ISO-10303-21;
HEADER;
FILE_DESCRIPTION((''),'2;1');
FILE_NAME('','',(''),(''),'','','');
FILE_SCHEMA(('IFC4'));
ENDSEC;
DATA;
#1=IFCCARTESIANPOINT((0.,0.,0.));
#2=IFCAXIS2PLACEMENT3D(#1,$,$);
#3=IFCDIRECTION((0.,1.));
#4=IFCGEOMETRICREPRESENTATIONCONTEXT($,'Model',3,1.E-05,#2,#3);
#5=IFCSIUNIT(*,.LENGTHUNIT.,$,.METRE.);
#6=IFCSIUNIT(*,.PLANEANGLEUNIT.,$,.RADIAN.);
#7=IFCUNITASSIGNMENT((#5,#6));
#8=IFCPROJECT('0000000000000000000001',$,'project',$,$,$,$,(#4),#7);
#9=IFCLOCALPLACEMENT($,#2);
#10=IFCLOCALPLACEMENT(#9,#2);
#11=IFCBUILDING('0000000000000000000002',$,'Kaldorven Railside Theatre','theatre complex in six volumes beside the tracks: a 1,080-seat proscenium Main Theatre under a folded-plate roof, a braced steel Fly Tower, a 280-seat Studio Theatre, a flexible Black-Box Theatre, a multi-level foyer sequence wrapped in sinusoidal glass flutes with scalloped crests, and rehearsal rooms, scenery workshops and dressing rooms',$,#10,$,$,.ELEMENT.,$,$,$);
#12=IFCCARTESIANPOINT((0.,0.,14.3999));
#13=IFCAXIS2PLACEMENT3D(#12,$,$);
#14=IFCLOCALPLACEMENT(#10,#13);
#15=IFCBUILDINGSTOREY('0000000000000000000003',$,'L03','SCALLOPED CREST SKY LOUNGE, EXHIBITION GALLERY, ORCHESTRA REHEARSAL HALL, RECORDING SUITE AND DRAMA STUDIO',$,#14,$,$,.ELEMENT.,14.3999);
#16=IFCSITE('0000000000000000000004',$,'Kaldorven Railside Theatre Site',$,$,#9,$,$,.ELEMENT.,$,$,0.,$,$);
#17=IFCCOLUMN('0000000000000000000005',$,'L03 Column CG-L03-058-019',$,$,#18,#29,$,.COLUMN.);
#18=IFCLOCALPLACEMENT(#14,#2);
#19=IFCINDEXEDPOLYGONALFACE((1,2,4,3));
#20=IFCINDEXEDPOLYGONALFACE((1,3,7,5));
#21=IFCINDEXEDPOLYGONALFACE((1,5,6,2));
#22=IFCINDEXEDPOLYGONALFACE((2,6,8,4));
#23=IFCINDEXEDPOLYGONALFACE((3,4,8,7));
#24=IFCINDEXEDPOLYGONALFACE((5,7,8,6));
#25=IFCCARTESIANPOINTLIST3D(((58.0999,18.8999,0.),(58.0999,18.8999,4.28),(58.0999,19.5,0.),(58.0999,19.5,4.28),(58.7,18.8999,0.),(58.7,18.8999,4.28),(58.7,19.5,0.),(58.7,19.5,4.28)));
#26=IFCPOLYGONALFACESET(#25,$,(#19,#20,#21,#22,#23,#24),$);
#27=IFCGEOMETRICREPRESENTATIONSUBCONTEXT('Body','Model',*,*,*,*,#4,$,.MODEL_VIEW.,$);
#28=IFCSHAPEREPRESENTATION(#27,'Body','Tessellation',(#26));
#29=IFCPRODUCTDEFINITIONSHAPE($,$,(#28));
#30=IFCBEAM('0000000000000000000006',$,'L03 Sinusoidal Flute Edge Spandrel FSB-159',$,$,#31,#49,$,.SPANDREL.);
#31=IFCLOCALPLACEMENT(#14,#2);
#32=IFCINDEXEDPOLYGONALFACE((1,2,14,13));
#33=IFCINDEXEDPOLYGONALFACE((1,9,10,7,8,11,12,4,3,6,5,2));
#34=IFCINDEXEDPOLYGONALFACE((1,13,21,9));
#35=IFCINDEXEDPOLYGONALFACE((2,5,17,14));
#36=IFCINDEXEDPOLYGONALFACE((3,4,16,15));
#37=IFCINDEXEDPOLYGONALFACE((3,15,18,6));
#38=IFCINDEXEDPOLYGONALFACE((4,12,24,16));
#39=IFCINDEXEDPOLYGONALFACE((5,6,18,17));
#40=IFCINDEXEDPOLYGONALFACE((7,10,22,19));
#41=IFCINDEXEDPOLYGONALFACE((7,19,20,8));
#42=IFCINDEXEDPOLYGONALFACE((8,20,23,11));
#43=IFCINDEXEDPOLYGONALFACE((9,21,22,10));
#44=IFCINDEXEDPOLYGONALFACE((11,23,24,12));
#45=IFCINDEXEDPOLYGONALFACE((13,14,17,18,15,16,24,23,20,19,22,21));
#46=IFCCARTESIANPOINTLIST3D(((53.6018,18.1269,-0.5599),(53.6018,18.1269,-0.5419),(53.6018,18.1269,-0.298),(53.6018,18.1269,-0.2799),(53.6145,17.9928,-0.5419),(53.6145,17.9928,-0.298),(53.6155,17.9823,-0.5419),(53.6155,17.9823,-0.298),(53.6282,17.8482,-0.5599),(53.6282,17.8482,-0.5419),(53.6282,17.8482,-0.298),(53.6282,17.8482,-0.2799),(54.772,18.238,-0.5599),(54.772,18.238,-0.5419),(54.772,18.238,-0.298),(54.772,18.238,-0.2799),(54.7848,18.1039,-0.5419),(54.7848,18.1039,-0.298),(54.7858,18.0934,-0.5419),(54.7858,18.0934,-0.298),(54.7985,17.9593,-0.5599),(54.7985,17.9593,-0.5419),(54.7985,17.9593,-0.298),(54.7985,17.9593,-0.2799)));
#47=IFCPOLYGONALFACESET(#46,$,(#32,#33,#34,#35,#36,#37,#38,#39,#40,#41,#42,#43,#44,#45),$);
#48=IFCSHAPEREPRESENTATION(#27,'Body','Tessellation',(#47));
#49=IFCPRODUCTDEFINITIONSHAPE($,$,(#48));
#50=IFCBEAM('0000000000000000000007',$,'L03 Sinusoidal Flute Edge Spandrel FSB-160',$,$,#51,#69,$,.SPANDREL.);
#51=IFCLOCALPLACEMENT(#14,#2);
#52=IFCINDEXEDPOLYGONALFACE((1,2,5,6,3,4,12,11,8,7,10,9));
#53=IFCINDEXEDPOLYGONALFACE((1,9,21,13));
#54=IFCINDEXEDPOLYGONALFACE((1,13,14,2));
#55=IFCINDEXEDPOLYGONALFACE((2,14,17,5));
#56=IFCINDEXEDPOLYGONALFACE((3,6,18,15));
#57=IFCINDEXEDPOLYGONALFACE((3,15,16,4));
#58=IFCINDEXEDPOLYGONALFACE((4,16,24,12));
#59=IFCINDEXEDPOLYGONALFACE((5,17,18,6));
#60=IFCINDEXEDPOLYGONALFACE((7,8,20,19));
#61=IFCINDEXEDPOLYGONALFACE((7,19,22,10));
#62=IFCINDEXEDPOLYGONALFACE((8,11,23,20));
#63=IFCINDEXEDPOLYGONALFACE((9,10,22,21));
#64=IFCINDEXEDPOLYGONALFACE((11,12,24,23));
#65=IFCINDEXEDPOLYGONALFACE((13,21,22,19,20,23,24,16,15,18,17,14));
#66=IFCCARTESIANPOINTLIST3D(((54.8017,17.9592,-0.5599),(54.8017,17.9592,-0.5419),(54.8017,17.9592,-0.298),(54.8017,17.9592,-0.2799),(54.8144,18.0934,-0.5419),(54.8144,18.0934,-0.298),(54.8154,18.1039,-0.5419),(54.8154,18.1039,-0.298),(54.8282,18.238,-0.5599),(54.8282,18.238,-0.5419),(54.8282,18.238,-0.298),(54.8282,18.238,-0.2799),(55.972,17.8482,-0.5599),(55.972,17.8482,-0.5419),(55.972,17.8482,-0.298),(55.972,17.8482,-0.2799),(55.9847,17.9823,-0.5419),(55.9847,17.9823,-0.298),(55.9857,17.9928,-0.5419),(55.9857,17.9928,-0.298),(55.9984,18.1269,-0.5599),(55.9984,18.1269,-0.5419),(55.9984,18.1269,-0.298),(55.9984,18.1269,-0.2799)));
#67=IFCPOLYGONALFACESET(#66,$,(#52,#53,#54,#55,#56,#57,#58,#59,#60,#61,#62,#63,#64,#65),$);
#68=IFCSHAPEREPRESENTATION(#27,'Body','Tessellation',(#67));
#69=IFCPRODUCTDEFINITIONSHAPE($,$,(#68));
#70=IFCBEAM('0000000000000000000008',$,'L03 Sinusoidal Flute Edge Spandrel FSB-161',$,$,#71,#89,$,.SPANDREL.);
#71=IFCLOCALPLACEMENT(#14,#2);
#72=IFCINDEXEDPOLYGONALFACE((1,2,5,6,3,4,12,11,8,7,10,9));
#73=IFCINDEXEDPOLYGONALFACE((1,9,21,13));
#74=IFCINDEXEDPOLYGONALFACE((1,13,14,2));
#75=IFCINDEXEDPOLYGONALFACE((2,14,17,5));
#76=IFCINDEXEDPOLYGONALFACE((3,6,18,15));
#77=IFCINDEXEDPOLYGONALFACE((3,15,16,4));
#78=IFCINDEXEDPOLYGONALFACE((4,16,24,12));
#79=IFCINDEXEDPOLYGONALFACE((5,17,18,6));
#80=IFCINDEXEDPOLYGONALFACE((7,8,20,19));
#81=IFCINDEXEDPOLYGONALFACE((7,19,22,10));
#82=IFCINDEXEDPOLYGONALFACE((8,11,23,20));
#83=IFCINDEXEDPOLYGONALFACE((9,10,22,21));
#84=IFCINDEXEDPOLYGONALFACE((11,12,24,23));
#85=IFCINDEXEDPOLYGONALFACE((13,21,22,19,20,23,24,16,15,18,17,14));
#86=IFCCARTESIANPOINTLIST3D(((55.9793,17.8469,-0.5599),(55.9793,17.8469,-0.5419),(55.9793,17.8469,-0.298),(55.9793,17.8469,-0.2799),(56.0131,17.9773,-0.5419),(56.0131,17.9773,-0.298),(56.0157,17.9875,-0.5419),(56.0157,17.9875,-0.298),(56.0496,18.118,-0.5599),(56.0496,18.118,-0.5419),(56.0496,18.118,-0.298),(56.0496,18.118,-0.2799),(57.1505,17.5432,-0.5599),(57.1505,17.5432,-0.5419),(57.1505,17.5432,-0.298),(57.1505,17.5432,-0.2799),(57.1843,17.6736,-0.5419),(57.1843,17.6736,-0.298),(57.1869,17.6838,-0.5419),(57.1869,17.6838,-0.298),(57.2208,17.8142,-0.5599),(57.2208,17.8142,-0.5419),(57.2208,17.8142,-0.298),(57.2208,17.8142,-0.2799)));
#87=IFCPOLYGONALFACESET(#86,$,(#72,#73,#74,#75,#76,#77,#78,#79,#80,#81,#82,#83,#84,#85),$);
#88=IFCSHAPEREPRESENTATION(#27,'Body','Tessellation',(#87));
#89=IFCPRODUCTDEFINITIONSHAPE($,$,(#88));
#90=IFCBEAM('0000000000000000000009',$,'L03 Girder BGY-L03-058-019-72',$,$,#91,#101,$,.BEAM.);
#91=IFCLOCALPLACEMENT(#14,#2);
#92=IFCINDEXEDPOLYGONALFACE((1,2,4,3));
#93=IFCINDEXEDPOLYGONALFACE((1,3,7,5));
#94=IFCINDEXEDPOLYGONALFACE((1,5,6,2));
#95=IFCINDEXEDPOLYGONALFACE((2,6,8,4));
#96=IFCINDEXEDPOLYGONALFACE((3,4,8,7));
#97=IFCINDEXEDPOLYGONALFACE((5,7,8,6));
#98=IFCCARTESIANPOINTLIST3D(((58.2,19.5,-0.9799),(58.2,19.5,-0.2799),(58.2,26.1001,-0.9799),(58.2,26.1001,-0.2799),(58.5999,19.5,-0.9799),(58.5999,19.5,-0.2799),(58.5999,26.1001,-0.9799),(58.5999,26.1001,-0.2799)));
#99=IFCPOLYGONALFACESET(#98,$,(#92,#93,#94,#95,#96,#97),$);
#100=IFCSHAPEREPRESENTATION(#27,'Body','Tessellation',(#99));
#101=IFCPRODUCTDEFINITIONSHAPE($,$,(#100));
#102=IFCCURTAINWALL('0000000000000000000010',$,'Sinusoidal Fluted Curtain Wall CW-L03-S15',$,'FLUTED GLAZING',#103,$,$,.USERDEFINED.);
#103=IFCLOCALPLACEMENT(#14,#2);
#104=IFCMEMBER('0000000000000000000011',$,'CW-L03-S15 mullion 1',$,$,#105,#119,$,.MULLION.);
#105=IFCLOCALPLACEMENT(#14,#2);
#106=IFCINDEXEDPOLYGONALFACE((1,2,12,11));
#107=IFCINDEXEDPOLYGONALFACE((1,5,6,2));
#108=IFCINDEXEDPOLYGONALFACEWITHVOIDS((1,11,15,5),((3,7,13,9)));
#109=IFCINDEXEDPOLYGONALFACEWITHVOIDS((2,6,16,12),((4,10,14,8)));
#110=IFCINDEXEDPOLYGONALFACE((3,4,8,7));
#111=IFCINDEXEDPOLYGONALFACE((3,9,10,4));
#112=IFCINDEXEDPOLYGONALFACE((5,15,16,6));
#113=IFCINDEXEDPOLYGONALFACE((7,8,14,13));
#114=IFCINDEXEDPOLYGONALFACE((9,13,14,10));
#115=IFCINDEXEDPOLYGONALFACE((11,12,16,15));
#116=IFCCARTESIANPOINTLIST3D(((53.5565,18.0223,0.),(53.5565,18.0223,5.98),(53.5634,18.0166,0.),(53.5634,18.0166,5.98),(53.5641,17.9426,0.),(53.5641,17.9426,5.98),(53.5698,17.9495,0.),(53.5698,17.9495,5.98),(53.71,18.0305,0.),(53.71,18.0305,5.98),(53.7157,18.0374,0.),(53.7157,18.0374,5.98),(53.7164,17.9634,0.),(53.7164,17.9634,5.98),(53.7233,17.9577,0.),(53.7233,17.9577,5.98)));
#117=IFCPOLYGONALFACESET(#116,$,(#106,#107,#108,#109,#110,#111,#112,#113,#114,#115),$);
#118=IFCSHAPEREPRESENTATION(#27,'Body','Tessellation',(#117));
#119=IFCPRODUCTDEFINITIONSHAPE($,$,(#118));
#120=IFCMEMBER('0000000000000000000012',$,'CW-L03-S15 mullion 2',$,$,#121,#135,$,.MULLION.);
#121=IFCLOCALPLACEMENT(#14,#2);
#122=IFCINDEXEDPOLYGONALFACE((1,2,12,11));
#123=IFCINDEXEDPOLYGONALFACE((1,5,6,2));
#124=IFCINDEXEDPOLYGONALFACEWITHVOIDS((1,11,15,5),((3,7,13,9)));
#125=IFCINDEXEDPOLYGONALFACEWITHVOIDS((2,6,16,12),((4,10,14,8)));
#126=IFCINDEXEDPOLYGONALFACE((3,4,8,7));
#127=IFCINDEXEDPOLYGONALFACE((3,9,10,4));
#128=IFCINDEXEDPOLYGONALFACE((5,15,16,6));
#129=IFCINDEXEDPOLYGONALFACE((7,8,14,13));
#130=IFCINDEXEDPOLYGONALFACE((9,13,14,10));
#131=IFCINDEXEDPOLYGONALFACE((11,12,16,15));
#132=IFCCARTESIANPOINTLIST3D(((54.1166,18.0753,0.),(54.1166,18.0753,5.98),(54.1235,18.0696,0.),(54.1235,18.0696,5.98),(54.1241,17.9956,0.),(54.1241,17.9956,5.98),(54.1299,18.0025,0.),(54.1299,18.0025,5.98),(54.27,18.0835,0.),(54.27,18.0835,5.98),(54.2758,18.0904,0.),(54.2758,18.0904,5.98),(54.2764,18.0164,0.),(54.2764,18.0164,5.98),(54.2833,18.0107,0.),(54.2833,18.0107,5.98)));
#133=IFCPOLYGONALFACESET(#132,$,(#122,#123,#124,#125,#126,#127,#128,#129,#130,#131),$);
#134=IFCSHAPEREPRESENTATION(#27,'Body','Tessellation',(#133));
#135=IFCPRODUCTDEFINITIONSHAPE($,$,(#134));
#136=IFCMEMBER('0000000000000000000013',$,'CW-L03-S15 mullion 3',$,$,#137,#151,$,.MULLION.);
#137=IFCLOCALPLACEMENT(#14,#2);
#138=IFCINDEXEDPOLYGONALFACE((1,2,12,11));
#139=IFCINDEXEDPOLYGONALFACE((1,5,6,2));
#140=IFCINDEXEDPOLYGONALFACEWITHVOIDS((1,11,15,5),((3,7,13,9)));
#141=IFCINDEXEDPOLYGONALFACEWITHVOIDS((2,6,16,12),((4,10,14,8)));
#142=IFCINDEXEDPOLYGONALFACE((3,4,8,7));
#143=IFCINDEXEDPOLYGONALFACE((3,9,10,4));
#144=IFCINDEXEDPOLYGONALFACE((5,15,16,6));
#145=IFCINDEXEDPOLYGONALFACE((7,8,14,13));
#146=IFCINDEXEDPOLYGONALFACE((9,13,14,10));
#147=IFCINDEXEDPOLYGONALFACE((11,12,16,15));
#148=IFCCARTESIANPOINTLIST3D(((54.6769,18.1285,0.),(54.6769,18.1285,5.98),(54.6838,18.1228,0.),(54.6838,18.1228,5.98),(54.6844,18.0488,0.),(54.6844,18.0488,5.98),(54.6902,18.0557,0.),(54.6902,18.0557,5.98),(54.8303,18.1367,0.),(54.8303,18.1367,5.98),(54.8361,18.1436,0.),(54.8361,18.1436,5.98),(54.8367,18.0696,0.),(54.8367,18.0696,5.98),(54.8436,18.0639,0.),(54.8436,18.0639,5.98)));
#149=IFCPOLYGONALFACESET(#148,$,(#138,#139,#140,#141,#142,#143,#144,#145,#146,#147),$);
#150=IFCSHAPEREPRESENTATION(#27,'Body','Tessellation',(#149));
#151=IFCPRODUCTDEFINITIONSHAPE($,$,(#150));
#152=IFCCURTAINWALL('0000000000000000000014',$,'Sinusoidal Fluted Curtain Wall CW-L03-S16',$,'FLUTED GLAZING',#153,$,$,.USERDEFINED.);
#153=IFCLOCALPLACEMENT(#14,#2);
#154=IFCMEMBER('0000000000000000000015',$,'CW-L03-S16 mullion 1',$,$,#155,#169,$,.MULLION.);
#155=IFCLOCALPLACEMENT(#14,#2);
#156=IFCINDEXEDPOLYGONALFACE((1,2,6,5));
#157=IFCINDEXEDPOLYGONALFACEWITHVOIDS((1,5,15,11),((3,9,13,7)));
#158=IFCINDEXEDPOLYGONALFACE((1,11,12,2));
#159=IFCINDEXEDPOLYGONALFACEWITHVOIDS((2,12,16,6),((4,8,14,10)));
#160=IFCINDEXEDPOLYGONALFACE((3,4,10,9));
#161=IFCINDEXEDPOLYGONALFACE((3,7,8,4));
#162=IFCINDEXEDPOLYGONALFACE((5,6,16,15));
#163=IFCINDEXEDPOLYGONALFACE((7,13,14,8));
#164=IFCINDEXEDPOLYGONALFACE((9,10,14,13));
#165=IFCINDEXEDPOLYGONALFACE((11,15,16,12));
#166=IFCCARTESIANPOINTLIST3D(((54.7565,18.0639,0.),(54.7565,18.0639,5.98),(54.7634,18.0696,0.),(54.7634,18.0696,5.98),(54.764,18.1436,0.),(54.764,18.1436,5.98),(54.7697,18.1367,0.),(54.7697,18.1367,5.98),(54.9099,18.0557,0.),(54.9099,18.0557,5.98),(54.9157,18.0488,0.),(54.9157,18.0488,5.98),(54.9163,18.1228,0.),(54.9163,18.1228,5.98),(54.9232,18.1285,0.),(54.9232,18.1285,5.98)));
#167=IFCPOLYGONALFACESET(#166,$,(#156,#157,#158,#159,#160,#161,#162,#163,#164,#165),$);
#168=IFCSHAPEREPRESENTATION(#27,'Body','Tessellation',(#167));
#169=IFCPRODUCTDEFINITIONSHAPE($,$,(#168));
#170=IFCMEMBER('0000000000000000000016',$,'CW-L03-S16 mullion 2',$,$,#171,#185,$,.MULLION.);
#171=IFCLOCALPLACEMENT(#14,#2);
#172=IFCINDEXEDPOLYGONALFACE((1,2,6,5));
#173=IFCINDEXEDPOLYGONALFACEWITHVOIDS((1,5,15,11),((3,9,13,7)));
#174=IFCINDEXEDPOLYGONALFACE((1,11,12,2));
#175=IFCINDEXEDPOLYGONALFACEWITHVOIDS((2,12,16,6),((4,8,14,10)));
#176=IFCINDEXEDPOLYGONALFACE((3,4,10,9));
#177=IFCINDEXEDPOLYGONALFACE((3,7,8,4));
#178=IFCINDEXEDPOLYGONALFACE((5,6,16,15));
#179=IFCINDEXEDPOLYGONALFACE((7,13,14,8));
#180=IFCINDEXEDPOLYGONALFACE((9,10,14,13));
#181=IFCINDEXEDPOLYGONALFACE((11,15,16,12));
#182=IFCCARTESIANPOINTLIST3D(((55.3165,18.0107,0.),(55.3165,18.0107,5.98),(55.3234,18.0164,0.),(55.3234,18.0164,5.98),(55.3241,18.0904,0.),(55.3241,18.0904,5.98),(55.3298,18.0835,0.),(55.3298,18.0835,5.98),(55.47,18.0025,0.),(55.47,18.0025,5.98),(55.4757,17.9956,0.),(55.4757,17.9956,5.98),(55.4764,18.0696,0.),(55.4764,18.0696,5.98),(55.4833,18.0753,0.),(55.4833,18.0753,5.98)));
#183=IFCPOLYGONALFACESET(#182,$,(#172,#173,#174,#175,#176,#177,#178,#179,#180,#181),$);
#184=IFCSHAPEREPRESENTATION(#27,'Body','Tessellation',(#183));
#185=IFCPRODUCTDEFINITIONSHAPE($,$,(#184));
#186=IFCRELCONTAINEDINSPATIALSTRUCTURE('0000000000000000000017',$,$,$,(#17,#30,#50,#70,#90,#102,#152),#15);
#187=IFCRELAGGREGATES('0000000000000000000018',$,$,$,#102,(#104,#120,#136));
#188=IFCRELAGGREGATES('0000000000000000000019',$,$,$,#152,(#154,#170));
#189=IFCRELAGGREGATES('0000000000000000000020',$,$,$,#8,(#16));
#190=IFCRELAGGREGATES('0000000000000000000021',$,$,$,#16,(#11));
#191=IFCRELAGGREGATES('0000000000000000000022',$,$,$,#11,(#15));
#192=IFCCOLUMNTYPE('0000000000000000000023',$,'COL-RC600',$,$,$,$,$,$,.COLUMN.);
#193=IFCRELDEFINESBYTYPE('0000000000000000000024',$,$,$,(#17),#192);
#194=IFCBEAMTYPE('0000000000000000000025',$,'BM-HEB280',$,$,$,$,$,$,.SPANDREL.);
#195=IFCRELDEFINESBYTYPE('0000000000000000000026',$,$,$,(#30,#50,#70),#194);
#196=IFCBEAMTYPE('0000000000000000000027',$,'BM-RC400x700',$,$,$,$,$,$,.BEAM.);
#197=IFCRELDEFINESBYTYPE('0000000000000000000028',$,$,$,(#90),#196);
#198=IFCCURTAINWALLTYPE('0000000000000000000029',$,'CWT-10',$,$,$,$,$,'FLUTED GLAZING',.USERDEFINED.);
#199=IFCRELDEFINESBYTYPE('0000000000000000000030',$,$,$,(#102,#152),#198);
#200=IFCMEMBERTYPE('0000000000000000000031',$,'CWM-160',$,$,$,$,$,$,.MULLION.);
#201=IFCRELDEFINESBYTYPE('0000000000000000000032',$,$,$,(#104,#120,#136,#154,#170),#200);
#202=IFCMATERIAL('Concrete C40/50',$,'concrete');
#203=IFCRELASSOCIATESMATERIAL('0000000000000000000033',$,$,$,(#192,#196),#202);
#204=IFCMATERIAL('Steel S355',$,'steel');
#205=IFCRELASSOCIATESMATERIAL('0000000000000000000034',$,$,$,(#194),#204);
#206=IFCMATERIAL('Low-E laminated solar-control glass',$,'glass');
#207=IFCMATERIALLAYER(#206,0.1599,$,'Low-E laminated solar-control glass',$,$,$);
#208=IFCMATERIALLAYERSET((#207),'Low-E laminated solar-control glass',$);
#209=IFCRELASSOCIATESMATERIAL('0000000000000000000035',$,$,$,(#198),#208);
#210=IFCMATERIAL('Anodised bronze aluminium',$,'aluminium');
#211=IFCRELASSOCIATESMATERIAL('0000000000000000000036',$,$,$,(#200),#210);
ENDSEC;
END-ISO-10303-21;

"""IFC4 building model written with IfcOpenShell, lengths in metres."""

from ifc_helpers import new_model, si_unit, direction, frame, origin, origin_2d, place, context, subcontext, project, spatial, rectangle, hollow_rectangle, i_section, extrude, material, layer, layer_set, material_profile, profile_set, type_object, element, aggregate, save


model = new_model("IFC4")

# Units and contexts
model_context = context("Model", 3, precision=1e-05, world=origin(), true_north=direction((0.0, 1.0)))
body_context = subcontext(model_context, "Body", "Model", "MODEL_VIEW")
ifc_project = project(units=[si_unit("LENGTHUNIT", "METRE"), si_unit("PLANEANGLEUNIT", "RADIAN")], contexts=[model_context])

# Site, building, storey
site_placement = place(None, origin())
site = spatial("IfcSite", under=ifc_project, at=site_placement, Name="Kaldorven Railside Theatre Site", CompositionType="ELEMENT", RefElevation=0.0)
building_placement = place(site_placement, origin())
building = spatial("IfcBuilding", under=site, at=building_placement, Name="Kaldorven Railside Theatre", Description="theatre complex in six volumes beside the tracks: a 1,080-seat proscenium Main Theatre under a folded-plate roof, a braced steel Fly Tower, a 280-seat Studio Theatre, a flexible Black-Box Theatre, a multi-level foyer sequence wrapped in sinusoidal glass flutes with scalloped crests, and rehearsal rooms, scenery workshops and dressing rooms", CompositionType="ELEMENT")
storey_placement = place(building_placement, frame((0.0, 0.0, 14.3999)))
storey = spatial("IfcBuildingStorey", under=building, at=storey_placement, Name="L03", Description="SCALLOPED CREST SKY LOUNGE, EXHIBITION GALLERY, ORCHESTRA REHEARSAL HALL, RECORDING SUITE AND DRAMA STUDIO", CompositionType="ELEMENT", Elevation=14.3999)

# Column
ifc_material_1 = material(Name="Concrete C40/50", Category="concrete")
ifc_material_profile_1 = material_profile(ifc_material_1, rectangle(XDim=0.6001, YDim=0.6001, at=origin_2d()), Name="RC 600x600")
ifc_profile_set_1 = profile_set([ifc_material_profile_1], Name="Concrete C40/50")
column_type = type_object("IfcColumnType", Name="COL-RC600", PredefinedType="COLUMN", material=ifc_profile_set_1)
column_placement = place(storey_placement, frame((58.3999, 19.2, 0.0), z_axis=(0.0, 0.0, 1.0), x_axis=(0.0, 1.0, 0.0)))
element("IfcColumn", 1, at=column_placement, inside=storey, type_object=column_type, Name="L03 Column CG-L03-058-019", PredefinedType="COLUMN", context=body_context, shape_type="SweptSolid", body=[
    extrude(rectangle(XDim=0.6001, YDim=0.6001, at=origin_2d()), origin(), (0.0, 0.0, 1.0), 4.28),
])

# Beams
ifc_material_2 = material(Name="Steel S355", Category="steel")
ifc_material_profile_2 = material_profile(ifc_material_2, i_section(OverallWidth=0.28, OverallDepth=0.28, WebThickness=0.0105, FlangeThickness=0.0181, at=origin_2d()), Name="HEB 280")
ifc_profile_set_2 = profile_set([ifc_material_profile_2], Name="Steel S355")
beam_type_1 = type_object("IfcBeamType", Name="BM-HEB280", PredefinedType="SPANDREL", material=ifc_profile_set_2)
for number, where, z_axis, x_axis, name in (
    (2, (53.615, 17.9875, -0.4199), (0.995524, 0.094505, 0.0), (-0.094505, 0.995524, 0.0), "L03 Sinusoidal Flute Edge Spandrel FSB-159"),
    (3, (54.8149, 18.0986, -0.4199), (0.995524, -0.094505, 0.0), (0.094505, 0.995524, 0.0), "L03 Sinusoidal Flute Edge Spandrel FSB-160"),
):
    element("IfcBeam", number, at=place(storey_placement, frame(where, z_axis=z_axis, x_axis=x_axis)), inside=storey, type_object=beam_type_1, Name=name, PredefinedType="SPANDREL", context=body_context, shape_type="SweptSolid", body=[
        extrude(i_section(OverallWidth=0.28, OverallDepth=0.28, WebThickness=0.0105, FlangeThickness=0.0181, at=origin_2d()), origin(), (0.0, 0.0, 1.0), 1.1755),
    ])
beam_1_placement = place(storey_placement, frame((56.0144, 17.9824, -0.4199), z_axis=(0.967981, -0.251025, 0.0), x_axis=(0.251025, 0.967981, 0.0)))
element("IfcBeam", 4, at=beam_1_placement, inside=storey, type_object=beam_type_1, Name="L03 Sinusoidal Flute Edge Spandrel FSB-161", PredefinedType="SPANDREL", context=body_context, shape_type="SweptSolid", body=[
    extrude(i_section(OverallWidth=0.28, OverallDepth=0.28, WebThickness=0.0105, FlangeThickness=0.0181, at=origin_2d()), origin(), (0.0, 0.0, 1.0), 1.21),
])
ifc_material_profile_3 = material_profile(ifc_material_1, rectangle(XDim=0.3999, YDim=0.7, at=origin_2d()), Name="RC 400x700")
ifc_profile_set_3 = profile_set([ifc_material_profile_3], Name="Concrete C40/50")
beam_type_2 = type_object("IfcBeamType", Name="BM-RC400x700", PredefinedType="BEAM", material=ifc_profile_set_3)
beam_2_placement = place(storey_placement, frame((58.3999, 19.5, -0.6299), z_axis=(0.0, 1.0, 0.0), x_axis=(-1.0, 0.0, 0.0)))
element("IfcBeam", 5, at=beam_2_placement, inside=storey, type_object=beam_type_2, Name="L03 Girder BGY-L03-058-019-72", PredefinedType="BEAM", context=body_context, shape_type="SweptSolid", body=[
    extrude(rectangle(XDim=0.3999, YDim=0.7, at=origin_2d()), origin(), (0.0, 0.0, 1.0), 6.6001),
])

# Curtain walls, members
ifc_material_3 = material(Name="Low-E laminated solar-control glass", Category="glass")
ifc_layer_1 = layer(ifc_material_3, 0.1599, Name="Low-E laminated solar-control glass")
ifc_layer_set_1 = layer_set([ifc_layer_1], Name="Low-E laminated solar-control glass")
curtain_wall_type = type_object("IfcCurtainWallType", Name="CWT-10", ElementType="FLUTED GLAZING", PredefinedType="USERDEFINED", material=ifc_layer_set_1)
curtain_wall_1_placement = place(storey_placement, origin())
curtain_wall_1 = element("IfcCurtainWall", 6, at=curtain_wall_1_placement, inside=storey, type_object=curtain_wall_type, Name="Sinusoidal Fluted Curtain Wall CW-L03-S15", ObjectType="FLUTED GLAZING", PredefinedType="USERDEFINED")
ifc_material_4 = material(Name="Anodised bronze aluminium", Category="aluminium")
ifc_material_profile_4 = material_profile(ifc_material_4, hollow_rectangle(XDim=0.0801, YDim=0.1599, WallThickness=0.0063, at=origin_2d()), Name="RHS 160x80x6.3")
ifc_profile_set_4 = profile_set([ifc_material_profile_4], Name="Anodised bronze aluminium")
member_type_1 = type_object("IfcMemberType", Name="CWM-160", PredefinedType="MULLION", material=ifc_profile_set_4)
member_1_placement = place(storey_placement, frame((53.6399, 17.99, 0.0), z_axis=(0.0, 0.0, 1.0), x_axis=(-0.094492, 0.995526, 0.0)))
member_1 = element("IfcMember", 7, at=member_1_placement, type_object=member_type_1, Name="CW-L03-S15 mullion 1", PredefinedType="MULLION", context=body_context, shape_type="SweptSolid", body=[
    extrude(hollow_rectangle(XDim=0.0801, YDim=0.1599, WallThickness=0.0063, at=origin_2d()), origin(), (0.0, 0.0, 1.0), 5.98),
])
member_2_placement = place(storey_placement, frame((54.2, 18.043, 0.0), z_axis=(0.0, 0.0, 1.0), x_axis=(-0.094492, 0.995526, 0.0)))
member_2 = element("IfcMember", 8, at=member_2_placement, type_object=member_type_1, Name="CW-L03-S15 mullion 2", PredefinedType="MULLION", context=body_context, shape_type="SweptSolid", body=[
    extrude(hollow_rectangle(XDim=0.0801, YDim=0.1599, WallThickness=0.0063, at=origin_2d()), origin(), (0.0, 0.0, 1.0), 5.98),
])
member_3_placement = place(storey_placement, frame((54.7603, 18.0962, 0.0), z_axis=(0.0, 0.0, 1.0), x_axis=(-0.094492, 0.995526, 0.0)))
member_3 = element("IfcMember", 9, at=member_3_placement, type_object=member_type_1, Name="CW-L03-S15 mullion 3", PredefinedType="MULLION", context=body_context, shape_type="SweptSolid", body=[
    extrude(hollow_rectangle(XDim=0.0801, YDim=0.1599, WallThickness=0.0063, at=origin_2d()), origin(), (0.0, 0.0, 1.0), 5.98),
])
curtain_wall_2_placement = place(storey_placement, origin())
curtain_wall_2 = element("IfcCurtainWall", 10, at=curtain_wall_2_placement, inside=storey, type_object=curtain_wall_type, Name="Sinusoidal Fluted Curtain Wall CW-L03-S16", ObjectType="FLUTED GLAZING", PredefinedType="USERDEFINED")
member_4_placement = place(storey_placement, frame((54.8398, 18.0962, 0.0), z_axis=(0.0, 0.0, 1.0), x_axis=(0.094492, 0.995526, 0.0)))
member_4 = element("IfcMember", 11, at=member_4_placement, type_object=member_type_1, Name="CW-L03-S16 mullion 1", PredefinedType="MULLION", context=body_context, shape_type="SweptSolid", body=[
    extrude(hollow_rectangle(XDim=0.0801, YDim=0.1599, WallThickness=0.0063, at=origin_2d()), origin(), (0.0, 0.0, 1.0), 5.98),
])
member_5_placement = place(storey_placement, frame((55.3999, 18.043, 0.0), z_axis=(0.0, 0.0, 1.0), x_axis=(0.094492, 0.995526, 0.0)))
member_5 = element("IfcMember", 12, at=member_5_placement, type_object=member_type_1, Name="CW-L03-S16 mullion 2", PredefinedType="MULLION", context=body_context, shape_type="SweptSolid", body=[
    extrude(hollow_rectangle(XDim=0.0801, YDim=0.1599, WallThickness=0.0063, at=origin_2d()), origin(), (0.0, 0.0, 1.0), 5.98),
])

aggregate(curtain_wall_1, [member_1, member_2, member_3])
aggregate(curtain_wall_2, [member_4, member_5])

save(model, "model.ifc")
